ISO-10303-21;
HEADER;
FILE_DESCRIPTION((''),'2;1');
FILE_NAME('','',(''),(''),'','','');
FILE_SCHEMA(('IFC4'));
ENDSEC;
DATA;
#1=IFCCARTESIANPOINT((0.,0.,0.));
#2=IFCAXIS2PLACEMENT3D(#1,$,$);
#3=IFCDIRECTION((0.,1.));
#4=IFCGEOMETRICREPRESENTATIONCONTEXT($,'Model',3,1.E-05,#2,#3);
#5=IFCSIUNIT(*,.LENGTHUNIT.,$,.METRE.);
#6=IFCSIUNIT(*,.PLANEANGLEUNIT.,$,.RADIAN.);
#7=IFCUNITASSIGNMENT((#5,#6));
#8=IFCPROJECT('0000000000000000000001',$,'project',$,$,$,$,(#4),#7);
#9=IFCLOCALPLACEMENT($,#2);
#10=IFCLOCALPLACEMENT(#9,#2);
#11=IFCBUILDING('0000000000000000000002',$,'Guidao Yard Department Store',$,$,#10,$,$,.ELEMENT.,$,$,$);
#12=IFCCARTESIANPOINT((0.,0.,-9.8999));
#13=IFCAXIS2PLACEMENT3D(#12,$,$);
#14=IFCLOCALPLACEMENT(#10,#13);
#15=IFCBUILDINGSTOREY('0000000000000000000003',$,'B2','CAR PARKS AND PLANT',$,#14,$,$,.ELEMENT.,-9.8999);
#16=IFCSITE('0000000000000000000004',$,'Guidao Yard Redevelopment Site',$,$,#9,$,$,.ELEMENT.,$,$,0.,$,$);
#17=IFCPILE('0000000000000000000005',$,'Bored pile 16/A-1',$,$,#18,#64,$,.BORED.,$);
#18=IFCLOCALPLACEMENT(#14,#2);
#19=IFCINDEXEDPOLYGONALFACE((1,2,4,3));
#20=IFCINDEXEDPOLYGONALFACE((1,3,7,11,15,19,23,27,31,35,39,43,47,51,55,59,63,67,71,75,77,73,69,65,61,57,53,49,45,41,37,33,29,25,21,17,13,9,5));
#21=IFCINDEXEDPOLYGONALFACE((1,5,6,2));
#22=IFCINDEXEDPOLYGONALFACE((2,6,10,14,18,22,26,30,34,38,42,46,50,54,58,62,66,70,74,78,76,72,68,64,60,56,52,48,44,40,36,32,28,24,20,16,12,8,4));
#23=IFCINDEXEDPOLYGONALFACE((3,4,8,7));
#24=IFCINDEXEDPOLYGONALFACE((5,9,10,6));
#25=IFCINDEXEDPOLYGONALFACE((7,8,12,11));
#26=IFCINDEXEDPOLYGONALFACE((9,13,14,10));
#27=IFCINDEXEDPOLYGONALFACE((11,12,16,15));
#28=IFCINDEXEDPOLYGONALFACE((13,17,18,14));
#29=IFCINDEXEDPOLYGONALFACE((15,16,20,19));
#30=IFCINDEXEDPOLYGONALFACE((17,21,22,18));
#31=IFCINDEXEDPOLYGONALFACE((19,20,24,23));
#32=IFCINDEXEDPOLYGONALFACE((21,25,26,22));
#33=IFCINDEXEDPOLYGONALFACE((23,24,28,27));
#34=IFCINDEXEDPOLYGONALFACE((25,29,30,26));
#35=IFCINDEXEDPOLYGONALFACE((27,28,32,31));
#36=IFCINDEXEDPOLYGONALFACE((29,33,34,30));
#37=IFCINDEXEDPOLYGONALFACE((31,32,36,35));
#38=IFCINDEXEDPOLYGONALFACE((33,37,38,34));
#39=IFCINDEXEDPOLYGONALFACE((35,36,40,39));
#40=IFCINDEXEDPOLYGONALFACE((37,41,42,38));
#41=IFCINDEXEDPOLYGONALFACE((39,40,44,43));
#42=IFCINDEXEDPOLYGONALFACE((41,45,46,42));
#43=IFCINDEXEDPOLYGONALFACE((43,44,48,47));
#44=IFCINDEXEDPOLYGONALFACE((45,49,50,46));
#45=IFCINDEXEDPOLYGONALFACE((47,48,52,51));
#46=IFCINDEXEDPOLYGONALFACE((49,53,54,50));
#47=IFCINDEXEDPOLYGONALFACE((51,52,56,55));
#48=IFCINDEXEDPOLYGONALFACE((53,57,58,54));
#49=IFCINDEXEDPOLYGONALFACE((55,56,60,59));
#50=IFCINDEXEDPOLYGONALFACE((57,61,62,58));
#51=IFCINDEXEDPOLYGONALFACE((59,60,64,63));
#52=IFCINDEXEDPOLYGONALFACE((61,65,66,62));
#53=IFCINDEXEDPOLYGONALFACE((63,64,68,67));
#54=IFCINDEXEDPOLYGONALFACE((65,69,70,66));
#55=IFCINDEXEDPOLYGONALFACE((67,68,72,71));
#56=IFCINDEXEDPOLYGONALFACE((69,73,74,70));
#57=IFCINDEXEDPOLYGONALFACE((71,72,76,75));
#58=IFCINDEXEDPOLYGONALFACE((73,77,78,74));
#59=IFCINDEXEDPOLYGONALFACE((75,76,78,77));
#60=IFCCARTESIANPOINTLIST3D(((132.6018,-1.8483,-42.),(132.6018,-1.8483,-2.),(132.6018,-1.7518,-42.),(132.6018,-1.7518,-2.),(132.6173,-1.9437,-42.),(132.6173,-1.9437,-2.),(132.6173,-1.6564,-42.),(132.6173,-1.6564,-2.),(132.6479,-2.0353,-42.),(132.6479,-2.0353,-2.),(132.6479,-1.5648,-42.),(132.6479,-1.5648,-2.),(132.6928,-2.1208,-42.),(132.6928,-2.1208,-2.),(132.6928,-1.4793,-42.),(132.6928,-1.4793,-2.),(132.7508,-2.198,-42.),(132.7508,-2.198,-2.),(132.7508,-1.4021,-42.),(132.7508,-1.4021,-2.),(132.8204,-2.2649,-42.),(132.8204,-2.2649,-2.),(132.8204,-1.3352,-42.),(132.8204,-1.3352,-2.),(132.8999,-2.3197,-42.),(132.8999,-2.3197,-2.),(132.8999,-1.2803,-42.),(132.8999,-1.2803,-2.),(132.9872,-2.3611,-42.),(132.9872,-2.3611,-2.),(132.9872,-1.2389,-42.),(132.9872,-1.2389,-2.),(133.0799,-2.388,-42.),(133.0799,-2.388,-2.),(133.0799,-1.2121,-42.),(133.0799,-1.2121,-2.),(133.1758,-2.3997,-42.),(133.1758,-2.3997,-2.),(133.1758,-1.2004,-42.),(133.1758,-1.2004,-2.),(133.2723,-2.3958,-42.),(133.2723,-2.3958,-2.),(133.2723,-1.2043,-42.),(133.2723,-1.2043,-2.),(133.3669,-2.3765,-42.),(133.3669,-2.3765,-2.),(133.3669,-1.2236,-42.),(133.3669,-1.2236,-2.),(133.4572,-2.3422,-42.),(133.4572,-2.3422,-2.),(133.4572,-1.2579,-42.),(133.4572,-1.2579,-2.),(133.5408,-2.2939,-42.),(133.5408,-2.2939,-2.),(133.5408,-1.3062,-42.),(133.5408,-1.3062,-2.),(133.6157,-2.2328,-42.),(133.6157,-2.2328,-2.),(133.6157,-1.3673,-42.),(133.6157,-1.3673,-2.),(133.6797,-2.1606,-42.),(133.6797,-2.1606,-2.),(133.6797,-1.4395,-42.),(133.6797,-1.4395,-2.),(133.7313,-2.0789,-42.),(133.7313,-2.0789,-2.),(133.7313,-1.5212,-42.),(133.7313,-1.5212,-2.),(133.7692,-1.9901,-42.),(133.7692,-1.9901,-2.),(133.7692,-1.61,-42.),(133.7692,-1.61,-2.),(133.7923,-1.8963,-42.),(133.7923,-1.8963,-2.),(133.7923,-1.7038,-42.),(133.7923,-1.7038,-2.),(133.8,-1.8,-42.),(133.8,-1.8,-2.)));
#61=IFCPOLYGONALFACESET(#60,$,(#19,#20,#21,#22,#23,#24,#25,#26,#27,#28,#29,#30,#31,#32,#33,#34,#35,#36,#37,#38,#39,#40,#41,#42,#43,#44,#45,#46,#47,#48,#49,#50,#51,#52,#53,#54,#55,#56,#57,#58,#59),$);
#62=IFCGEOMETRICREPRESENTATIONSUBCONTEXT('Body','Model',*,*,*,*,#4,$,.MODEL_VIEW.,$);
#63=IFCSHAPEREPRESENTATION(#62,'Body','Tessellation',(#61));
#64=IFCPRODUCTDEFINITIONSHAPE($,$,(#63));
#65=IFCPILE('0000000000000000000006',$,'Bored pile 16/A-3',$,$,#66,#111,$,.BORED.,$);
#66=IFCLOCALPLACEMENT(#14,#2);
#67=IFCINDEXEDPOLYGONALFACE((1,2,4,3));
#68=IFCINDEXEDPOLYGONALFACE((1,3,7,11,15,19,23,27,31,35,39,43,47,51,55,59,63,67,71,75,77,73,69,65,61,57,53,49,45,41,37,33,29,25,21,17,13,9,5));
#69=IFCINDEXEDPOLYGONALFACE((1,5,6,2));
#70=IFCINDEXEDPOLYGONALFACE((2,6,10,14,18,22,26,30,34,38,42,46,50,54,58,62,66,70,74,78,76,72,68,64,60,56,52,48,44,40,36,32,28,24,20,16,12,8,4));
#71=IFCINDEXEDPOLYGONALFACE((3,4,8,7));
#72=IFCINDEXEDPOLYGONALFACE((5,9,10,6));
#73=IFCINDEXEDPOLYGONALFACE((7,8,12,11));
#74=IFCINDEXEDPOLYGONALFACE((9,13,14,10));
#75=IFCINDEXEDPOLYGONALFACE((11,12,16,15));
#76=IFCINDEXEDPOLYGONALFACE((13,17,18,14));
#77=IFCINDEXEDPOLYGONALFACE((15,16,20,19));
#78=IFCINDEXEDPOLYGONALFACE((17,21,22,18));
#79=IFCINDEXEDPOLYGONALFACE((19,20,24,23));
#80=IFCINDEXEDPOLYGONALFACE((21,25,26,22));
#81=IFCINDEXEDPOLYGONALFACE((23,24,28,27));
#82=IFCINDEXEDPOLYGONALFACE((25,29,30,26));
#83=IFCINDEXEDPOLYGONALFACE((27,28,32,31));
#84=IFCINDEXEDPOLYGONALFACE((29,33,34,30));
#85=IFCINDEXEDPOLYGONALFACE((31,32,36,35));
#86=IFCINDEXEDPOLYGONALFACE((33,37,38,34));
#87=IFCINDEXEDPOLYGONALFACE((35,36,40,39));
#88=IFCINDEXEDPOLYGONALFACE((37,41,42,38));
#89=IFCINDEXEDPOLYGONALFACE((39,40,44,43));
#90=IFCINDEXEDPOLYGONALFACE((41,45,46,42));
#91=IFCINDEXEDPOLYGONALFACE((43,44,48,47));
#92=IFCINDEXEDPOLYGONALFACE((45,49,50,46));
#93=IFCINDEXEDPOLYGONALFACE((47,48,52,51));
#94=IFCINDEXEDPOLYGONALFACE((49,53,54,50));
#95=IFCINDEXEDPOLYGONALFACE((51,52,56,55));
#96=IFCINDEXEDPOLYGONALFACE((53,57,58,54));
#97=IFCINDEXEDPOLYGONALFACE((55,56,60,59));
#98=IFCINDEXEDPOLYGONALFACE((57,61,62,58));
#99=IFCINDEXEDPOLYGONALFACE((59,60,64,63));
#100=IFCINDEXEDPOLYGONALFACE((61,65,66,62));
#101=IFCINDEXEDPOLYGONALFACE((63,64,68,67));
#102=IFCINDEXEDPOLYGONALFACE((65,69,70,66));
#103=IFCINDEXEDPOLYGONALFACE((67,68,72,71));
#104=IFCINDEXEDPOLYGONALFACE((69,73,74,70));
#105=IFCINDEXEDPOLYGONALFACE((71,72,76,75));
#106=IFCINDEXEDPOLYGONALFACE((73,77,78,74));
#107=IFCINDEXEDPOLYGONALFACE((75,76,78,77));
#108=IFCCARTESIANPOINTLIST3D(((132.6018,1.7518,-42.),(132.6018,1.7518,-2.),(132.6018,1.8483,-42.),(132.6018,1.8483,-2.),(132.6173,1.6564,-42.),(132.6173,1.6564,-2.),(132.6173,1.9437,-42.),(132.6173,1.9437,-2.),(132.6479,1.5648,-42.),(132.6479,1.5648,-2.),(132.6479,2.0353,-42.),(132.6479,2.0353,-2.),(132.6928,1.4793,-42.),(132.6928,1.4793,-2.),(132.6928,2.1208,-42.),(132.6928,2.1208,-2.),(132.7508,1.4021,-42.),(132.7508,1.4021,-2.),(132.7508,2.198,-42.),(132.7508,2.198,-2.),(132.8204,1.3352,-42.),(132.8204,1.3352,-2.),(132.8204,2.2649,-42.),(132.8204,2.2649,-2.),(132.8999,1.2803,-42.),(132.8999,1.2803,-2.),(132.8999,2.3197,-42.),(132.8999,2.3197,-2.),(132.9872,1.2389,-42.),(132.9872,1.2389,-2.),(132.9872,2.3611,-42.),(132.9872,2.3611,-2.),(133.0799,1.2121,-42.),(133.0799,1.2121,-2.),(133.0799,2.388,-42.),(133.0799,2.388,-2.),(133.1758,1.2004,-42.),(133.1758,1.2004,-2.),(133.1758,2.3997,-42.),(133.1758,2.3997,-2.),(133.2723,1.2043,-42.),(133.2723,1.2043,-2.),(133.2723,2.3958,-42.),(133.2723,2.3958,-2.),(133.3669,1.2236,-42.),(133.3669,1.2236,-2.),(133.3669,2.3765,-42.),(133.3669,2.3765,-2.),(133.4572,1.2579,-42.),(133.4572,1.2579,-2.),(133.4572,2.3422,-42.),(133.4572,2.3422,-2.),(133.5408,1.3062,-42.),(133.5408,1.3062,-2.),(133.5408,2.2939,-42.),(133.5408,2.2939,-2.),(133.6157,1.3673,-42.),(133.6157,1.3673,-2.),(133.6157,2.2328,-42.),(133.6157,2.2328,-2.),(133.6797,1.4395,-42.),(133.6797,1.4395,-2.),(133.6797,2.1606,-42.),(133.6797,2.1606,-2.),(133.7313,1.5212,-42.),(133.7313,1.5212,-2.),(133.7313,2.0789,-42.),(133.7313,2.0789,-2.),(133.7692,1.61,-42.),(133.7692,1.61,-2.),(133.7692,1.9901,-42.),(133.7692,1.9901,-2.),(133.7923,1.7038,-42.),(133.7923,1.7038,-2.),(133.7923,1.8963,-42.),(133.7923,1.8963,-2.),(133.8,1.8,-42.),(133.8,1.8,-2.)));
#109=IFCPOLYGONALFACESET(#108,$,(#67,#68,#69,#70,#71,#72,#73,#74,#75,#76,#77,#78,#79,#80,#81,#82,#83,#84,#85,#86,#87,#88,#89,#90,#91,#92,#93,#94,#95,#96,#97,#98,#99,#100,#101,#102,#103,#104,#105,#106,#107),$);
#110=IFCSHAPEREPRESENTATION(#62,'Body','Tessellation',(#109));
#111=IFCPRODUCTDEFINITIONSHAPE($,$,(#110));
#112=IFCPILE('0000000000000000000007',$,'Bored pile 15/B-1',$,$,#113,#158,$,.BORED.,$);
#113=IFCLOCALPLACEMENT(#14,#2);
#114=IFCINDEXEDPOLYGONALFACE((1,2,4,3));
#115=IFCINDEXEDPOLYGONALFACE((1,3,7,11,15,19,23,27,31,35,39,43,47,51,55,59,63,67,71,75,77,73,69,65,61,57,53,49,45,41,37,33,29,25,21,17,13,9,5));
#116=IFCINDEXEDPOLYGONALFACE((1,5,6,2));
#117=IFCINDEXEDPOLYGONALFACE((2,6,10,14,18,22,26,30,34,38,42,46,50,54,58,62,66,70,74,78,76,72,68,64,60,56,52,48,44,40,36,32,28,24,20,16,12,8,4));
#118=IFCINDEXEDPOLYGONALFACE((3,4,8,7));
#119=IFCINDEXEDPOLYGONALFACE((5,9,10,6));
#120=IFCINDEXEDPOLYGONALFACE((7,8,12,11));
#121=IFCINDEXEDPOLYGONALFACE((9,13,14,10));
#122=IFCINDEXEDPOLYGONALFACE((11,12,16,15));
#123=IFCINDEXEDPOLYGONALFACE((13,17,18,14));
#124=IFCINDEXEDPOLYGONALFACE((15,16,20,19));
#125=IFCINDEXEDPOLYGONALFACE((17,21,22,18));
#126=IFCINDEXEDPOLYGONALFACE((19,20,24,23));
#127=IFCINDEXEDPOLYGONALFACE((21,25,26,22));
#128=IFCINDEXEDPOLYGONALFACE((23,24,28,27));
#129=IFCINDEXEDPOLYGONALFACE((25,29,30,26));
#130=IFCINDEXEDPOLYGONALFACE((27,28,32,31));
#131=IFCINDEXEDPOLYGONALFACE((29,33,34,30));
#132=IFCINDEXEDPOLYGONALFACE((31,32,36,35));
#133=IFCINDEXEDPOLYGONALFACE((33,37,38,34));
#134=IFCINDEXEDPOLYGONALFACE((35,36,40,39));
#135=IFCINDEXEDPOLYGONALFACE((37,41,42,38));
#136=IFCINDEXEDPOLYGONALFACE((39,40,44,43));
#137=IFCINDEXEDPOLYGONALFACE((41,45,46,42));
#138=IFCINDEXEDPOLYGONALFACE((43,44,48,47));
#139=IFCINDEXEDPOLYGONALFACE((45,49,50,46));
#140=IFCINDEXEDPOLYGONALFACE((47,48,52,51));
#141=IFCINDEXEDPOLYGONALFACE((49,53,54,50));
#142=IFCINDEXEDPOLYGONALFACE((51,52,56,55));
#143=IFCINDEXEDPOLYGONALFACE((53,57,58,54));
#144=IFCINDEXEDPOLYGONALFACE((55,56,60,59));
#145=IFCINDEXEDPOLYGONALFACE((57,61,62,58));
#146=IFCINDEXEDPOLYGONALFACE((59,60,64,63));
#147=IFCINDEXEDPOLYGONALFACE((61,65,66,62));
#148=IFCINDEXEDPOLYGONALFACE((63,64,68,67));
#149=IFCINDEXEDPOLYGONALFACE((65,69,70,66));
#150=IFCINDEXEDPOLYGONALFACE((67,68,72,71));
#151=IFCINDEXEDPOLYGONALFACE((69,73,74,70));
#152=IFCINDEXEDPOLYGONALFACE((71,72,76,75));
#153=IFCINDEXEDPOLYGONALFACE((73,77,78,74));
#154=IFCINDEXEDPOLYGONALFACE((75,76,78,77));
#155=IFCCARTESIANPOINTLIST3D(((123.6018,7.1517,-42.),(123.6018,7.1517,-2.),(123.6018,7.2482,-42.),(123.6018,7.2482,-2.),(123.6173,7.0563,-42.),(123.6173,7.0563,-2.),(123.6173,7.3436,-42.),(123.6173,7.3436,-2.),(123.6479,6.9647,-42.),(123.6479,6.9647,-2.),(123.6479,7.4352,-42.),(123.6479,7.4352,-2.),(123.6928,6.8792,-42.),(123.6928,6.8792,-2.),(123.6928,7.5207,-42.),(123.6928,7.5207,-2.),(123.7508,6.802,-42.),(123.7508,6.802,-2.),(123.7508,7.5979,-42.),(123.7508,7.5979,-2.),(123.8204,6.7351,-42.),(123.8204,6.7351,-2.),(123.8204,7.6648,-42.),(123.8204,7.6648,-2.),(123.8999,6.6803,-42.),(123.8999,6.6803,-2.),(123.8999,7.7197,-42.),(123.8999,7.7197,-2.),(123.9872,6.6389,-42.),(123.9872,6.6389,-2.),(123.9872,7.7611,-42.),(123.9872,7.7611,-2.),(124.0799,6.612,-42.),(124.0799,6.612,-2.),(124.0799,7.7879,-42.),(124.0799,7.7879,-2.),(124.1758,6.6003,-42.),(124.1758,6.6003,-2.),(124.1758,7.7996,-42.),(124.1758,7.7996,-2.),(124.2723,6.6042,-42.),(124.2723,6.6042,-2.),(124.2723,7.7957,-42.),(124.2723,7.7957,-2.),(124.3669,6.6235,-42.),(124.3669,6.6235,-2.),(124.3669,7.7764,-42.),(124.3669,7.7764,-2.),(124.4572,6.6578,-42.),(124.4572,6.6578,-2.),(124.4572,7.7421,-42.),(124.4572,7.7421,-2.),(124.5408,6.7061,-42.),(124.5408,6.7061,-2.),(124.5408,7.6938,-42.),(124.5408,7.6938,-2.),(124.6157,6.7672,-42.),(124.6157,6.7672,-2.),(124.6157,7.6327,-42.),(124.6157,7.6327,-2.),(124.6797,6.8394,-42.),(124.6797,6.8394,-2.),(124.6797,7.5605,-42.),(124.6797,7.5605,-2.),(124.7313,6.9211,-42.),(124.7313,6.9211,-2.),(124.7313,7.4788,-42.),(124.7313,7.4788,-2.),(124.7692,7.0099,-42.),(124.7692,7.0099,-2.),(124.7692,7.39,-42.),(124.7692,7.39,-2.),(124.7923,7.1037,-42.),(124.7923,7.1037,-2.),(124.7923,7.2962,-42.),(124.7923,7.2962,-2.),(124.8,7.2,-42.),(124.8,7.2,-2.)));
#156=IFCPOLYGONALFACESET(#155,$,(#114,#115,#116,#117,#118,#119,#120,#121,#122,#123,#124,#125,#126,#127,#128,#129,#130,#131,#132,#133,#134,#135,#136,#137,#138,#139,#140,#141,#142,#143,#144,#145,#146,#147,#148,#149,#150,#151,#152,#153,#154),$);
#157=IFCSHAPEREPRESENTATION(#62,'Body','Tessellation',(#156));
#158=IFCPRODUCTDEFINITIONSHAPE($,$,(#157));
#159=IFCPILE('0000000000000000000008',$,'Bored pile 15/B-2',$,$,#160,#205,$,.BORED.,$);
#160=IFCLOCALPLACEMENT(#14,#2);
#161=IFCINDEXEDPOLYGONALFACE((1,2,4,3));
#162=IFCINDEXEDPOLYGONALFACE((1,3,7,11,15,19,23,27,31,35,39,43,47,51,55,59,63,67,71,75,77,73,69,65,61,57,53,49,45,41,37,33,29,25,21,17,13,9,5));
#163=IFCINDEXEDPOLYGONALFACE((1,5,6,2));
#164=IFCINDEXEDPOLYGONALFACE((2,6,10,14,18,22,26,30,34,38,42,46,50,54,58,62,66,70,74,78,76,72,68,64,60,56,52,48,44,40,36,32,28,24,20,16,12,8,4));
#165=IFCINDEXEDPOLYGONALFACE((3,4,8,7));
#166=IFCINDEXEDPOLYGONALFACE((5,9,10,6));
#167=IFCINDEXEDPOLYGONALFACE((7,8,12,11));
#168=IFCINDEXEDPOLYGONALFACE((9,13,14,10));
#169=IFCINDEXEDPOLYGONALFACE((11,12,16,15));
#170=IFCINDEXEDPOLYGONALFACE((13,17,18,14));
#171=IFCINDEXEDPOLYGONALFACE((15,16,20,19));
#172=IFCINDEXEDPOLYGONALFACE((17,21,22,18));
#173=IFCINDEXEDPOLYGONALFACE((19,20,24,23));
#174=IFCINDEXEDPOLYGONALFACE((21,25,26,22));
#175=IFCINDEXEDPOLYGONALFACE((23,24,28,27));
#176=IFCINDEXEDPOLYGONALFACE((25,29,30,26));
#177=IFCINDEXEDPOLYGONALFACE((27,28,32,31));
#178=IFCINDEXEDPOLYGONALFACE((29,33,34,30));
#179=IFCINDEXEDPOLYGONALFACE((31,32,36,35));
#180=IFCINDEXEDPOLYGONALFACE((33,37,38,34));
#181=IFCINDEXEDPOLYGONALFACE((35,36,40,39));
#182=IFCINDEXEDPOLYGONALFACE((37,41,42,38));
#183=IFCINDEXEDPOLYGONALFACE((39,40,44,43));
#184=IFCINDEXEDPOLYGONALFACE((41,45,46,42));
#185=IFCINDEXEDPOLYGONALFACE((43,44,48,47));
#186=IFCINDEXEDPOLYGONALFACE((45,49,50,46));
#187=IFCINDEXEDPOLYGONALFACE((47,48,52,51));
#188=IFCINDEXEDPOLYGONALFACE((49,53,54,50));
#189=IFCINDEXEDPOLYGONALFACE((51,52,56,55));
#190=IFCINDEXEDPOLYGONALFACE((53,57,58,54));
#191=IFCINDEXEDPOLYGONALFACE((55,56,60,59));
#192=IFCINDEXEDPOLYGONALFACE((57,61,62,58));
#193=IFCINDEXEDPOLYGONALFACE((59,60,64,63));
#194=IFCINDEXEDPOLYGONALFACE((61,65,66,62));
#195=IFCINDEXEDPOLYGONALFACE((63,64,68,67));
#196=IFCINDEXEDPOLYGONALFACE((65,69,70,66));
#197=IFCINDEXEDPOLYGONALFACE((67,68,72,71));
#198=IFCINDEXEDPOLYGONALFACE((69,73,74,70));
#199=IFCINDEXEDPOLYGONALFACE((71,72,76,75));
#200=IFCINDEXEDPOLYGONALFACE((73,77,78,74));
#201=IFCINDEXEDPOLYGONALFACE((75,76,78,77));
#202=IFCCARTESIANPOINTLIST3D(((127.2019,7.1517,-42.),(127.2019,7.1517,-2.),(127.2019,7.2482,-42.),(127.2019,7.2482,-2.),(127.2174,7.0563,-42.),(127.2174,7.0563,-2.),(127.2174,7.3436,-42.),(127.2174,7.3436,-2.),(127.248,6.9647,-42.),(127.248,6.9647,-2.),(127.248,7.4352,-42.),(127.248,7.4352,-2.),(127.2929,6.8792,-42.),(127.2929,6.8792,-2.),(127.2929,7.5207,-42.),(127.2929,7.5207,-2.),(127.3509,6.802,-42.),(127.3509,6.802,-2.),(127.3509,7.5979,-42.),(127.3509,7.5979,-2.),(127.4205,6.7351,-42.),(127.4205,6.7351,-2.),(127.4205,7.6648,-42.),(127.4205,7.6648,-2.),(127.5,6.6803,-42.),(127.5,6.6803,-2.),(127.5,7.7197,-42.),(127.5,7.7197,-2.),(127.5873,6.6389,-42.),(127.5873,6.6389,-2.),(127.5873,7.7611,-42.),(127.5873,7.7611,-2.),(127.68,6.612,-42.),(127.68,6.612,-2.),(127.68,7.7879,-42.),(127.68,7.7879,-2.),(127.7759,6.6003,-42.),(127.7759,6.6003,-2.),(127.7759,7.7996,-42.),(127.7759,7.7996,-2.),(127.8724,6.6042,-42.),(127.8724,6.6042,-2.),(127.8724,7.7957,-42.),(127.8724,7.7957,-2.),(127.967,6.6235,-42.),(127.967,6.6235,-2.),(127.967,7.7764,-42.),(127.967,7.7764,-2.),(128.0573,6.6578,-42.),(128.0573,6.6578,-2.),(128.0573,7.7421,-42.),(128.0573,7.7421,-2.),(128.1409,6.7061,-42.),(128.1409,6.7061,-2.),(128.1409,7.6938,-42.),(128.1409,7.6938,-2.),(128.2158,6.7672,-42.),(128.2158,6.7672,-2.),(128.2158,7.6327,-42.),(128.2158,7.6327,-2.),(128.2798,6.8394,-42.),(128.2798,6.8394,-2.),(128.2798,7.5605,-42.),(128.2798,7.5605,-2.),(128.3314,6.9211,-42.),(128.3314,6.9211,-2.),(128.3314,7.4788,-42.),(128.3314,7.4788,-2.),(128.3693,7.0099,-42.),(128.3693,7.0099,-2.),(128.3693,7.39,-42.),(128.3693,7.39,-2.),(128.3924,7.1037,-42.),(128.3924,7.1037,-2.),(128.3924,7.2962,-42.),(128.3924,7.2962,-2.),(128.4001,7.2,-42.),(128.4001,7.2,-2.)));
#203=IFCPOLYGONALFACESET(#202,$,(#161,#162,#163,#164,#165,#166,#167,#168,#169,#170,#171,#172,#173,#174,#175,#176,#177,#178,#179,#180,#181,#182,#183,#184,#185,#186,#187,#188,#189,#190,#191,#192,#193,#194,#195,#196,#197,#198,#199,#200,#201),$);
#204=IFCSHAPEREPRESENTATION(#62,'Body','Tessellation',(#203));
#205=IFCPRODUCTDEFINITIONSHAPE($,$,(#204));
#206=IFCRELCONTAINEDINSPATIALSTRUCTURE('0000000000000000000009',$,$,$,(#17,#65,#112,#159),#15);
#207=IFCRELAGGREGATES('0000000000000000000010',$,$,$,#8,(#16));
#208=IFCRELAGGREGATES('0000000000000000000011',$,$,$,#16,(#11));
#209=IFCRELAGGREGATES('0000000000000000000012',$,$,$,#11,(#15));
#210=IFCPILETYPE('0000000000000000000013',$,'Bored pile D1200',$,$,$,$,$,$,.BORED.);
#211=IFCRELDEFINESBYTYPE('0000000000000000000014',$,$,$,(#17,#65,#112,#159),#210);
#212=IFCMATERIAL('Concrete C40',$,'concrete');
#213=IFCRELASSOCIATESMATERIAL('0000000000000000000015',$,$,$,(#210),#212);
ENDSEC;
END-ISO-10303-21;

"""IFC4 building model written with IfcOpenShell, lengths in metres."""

from ifc_helpers import new_model, si_unit, direction, frame, origin, origin_2d, place, context, subcontext, project, spatial, circle, extrude, material, material_profile, profile_set, type_object, element, save


model = new_model("IFC4")

# Units and contexts
model_context = context("Model", 3, precision=1e-05, world=origin(), true_north=direction((0.0, 1.0)))
body_context = subcontext(model_context, "Body", "Model", "MODEL_VIEW")
ifc_project = project(units=[si_unit("LENGTHUNIT", "METRE"), si_unit("PLANEANGLEUNIT", "RADIAN")], contexts=[model_context])

# Site, building, storey
site_placement = place(None, origin())
site = spatial("IfcSite", under=ifc_project, at=site_placement, Name="Guidao Yard Redevelopment Site", CompositionType="ELEMENT", RefElevation=0.0)
building_placement = place(site_placement, origin())
building = spatial("IfcBuilding", under=site, at=building_placement, Name="Guidao Yard Department Store", CompositionType="ELEMENT")
storey_placement = place(building_placement, frame((0.0, 0.0, -9.8999)))
storey = spatial("IfcBuildingStorey", under=building, at=storey_placement, Name="B2", Description="CAR PARKS AND PLANT", CompositionType="ELEMENT", Elevation=-9.8999)

# Piles
ifc_material_1 = material(Name="Concrete C40", Category="concrete")
ifc_material_profile_1 = material_profile(ifc_material_1, circle(Radius=0.6001, at=origin_2d()), Name="Bored pile D1200")
ifc_profile_set_1 = profile_set([ifc_material_profile_1], Name="Concrete C40")
pile_type = type_object("IfcPileType", Name="Bored pile D1200", PredefinedType="BORED", material=ifc_profile_set_1)
for number, where, z_axis, x_axis, name in (
    (1, (133.2, -1.8, -2.0), (0.0, 0.0, -1.0), (1.0, 0.0, 0.0), "Bored pile 16/A-1"),
    (2, (133.2, 1.8, -2.0), (0.0, 0.0, -1.0), (1.0, 0.0, 0.0), "Bored pile 16/A-3"),
    (3, (124.2, 7.2, -2.0), (0.0, 0.0, -1.0), (1.0, 0.0, 0.0), "Bored pile 15/B-1"),
    (4, (127.8, 7.2, -2.0), (0.0, 0.0, -1.0), (1.0, 0.0, 0.0), "Bored pile 15/B-2"),
):
    element("IfcPile", number, at=place(storey_placement, frame(where, z_axis=z_axis, x_axis=x_axis)), inside=storey, type_object=pile_type, Name=name, PredefinedType="BORED", context=body_context, shape_type="SweptSolid", body=[
        extrude(circle(Radius=0.6001, at=origin_2d()), origin(), (0.0, 0.0, 1.0), 40.0),
    ])

save(model, "model.ifc")
